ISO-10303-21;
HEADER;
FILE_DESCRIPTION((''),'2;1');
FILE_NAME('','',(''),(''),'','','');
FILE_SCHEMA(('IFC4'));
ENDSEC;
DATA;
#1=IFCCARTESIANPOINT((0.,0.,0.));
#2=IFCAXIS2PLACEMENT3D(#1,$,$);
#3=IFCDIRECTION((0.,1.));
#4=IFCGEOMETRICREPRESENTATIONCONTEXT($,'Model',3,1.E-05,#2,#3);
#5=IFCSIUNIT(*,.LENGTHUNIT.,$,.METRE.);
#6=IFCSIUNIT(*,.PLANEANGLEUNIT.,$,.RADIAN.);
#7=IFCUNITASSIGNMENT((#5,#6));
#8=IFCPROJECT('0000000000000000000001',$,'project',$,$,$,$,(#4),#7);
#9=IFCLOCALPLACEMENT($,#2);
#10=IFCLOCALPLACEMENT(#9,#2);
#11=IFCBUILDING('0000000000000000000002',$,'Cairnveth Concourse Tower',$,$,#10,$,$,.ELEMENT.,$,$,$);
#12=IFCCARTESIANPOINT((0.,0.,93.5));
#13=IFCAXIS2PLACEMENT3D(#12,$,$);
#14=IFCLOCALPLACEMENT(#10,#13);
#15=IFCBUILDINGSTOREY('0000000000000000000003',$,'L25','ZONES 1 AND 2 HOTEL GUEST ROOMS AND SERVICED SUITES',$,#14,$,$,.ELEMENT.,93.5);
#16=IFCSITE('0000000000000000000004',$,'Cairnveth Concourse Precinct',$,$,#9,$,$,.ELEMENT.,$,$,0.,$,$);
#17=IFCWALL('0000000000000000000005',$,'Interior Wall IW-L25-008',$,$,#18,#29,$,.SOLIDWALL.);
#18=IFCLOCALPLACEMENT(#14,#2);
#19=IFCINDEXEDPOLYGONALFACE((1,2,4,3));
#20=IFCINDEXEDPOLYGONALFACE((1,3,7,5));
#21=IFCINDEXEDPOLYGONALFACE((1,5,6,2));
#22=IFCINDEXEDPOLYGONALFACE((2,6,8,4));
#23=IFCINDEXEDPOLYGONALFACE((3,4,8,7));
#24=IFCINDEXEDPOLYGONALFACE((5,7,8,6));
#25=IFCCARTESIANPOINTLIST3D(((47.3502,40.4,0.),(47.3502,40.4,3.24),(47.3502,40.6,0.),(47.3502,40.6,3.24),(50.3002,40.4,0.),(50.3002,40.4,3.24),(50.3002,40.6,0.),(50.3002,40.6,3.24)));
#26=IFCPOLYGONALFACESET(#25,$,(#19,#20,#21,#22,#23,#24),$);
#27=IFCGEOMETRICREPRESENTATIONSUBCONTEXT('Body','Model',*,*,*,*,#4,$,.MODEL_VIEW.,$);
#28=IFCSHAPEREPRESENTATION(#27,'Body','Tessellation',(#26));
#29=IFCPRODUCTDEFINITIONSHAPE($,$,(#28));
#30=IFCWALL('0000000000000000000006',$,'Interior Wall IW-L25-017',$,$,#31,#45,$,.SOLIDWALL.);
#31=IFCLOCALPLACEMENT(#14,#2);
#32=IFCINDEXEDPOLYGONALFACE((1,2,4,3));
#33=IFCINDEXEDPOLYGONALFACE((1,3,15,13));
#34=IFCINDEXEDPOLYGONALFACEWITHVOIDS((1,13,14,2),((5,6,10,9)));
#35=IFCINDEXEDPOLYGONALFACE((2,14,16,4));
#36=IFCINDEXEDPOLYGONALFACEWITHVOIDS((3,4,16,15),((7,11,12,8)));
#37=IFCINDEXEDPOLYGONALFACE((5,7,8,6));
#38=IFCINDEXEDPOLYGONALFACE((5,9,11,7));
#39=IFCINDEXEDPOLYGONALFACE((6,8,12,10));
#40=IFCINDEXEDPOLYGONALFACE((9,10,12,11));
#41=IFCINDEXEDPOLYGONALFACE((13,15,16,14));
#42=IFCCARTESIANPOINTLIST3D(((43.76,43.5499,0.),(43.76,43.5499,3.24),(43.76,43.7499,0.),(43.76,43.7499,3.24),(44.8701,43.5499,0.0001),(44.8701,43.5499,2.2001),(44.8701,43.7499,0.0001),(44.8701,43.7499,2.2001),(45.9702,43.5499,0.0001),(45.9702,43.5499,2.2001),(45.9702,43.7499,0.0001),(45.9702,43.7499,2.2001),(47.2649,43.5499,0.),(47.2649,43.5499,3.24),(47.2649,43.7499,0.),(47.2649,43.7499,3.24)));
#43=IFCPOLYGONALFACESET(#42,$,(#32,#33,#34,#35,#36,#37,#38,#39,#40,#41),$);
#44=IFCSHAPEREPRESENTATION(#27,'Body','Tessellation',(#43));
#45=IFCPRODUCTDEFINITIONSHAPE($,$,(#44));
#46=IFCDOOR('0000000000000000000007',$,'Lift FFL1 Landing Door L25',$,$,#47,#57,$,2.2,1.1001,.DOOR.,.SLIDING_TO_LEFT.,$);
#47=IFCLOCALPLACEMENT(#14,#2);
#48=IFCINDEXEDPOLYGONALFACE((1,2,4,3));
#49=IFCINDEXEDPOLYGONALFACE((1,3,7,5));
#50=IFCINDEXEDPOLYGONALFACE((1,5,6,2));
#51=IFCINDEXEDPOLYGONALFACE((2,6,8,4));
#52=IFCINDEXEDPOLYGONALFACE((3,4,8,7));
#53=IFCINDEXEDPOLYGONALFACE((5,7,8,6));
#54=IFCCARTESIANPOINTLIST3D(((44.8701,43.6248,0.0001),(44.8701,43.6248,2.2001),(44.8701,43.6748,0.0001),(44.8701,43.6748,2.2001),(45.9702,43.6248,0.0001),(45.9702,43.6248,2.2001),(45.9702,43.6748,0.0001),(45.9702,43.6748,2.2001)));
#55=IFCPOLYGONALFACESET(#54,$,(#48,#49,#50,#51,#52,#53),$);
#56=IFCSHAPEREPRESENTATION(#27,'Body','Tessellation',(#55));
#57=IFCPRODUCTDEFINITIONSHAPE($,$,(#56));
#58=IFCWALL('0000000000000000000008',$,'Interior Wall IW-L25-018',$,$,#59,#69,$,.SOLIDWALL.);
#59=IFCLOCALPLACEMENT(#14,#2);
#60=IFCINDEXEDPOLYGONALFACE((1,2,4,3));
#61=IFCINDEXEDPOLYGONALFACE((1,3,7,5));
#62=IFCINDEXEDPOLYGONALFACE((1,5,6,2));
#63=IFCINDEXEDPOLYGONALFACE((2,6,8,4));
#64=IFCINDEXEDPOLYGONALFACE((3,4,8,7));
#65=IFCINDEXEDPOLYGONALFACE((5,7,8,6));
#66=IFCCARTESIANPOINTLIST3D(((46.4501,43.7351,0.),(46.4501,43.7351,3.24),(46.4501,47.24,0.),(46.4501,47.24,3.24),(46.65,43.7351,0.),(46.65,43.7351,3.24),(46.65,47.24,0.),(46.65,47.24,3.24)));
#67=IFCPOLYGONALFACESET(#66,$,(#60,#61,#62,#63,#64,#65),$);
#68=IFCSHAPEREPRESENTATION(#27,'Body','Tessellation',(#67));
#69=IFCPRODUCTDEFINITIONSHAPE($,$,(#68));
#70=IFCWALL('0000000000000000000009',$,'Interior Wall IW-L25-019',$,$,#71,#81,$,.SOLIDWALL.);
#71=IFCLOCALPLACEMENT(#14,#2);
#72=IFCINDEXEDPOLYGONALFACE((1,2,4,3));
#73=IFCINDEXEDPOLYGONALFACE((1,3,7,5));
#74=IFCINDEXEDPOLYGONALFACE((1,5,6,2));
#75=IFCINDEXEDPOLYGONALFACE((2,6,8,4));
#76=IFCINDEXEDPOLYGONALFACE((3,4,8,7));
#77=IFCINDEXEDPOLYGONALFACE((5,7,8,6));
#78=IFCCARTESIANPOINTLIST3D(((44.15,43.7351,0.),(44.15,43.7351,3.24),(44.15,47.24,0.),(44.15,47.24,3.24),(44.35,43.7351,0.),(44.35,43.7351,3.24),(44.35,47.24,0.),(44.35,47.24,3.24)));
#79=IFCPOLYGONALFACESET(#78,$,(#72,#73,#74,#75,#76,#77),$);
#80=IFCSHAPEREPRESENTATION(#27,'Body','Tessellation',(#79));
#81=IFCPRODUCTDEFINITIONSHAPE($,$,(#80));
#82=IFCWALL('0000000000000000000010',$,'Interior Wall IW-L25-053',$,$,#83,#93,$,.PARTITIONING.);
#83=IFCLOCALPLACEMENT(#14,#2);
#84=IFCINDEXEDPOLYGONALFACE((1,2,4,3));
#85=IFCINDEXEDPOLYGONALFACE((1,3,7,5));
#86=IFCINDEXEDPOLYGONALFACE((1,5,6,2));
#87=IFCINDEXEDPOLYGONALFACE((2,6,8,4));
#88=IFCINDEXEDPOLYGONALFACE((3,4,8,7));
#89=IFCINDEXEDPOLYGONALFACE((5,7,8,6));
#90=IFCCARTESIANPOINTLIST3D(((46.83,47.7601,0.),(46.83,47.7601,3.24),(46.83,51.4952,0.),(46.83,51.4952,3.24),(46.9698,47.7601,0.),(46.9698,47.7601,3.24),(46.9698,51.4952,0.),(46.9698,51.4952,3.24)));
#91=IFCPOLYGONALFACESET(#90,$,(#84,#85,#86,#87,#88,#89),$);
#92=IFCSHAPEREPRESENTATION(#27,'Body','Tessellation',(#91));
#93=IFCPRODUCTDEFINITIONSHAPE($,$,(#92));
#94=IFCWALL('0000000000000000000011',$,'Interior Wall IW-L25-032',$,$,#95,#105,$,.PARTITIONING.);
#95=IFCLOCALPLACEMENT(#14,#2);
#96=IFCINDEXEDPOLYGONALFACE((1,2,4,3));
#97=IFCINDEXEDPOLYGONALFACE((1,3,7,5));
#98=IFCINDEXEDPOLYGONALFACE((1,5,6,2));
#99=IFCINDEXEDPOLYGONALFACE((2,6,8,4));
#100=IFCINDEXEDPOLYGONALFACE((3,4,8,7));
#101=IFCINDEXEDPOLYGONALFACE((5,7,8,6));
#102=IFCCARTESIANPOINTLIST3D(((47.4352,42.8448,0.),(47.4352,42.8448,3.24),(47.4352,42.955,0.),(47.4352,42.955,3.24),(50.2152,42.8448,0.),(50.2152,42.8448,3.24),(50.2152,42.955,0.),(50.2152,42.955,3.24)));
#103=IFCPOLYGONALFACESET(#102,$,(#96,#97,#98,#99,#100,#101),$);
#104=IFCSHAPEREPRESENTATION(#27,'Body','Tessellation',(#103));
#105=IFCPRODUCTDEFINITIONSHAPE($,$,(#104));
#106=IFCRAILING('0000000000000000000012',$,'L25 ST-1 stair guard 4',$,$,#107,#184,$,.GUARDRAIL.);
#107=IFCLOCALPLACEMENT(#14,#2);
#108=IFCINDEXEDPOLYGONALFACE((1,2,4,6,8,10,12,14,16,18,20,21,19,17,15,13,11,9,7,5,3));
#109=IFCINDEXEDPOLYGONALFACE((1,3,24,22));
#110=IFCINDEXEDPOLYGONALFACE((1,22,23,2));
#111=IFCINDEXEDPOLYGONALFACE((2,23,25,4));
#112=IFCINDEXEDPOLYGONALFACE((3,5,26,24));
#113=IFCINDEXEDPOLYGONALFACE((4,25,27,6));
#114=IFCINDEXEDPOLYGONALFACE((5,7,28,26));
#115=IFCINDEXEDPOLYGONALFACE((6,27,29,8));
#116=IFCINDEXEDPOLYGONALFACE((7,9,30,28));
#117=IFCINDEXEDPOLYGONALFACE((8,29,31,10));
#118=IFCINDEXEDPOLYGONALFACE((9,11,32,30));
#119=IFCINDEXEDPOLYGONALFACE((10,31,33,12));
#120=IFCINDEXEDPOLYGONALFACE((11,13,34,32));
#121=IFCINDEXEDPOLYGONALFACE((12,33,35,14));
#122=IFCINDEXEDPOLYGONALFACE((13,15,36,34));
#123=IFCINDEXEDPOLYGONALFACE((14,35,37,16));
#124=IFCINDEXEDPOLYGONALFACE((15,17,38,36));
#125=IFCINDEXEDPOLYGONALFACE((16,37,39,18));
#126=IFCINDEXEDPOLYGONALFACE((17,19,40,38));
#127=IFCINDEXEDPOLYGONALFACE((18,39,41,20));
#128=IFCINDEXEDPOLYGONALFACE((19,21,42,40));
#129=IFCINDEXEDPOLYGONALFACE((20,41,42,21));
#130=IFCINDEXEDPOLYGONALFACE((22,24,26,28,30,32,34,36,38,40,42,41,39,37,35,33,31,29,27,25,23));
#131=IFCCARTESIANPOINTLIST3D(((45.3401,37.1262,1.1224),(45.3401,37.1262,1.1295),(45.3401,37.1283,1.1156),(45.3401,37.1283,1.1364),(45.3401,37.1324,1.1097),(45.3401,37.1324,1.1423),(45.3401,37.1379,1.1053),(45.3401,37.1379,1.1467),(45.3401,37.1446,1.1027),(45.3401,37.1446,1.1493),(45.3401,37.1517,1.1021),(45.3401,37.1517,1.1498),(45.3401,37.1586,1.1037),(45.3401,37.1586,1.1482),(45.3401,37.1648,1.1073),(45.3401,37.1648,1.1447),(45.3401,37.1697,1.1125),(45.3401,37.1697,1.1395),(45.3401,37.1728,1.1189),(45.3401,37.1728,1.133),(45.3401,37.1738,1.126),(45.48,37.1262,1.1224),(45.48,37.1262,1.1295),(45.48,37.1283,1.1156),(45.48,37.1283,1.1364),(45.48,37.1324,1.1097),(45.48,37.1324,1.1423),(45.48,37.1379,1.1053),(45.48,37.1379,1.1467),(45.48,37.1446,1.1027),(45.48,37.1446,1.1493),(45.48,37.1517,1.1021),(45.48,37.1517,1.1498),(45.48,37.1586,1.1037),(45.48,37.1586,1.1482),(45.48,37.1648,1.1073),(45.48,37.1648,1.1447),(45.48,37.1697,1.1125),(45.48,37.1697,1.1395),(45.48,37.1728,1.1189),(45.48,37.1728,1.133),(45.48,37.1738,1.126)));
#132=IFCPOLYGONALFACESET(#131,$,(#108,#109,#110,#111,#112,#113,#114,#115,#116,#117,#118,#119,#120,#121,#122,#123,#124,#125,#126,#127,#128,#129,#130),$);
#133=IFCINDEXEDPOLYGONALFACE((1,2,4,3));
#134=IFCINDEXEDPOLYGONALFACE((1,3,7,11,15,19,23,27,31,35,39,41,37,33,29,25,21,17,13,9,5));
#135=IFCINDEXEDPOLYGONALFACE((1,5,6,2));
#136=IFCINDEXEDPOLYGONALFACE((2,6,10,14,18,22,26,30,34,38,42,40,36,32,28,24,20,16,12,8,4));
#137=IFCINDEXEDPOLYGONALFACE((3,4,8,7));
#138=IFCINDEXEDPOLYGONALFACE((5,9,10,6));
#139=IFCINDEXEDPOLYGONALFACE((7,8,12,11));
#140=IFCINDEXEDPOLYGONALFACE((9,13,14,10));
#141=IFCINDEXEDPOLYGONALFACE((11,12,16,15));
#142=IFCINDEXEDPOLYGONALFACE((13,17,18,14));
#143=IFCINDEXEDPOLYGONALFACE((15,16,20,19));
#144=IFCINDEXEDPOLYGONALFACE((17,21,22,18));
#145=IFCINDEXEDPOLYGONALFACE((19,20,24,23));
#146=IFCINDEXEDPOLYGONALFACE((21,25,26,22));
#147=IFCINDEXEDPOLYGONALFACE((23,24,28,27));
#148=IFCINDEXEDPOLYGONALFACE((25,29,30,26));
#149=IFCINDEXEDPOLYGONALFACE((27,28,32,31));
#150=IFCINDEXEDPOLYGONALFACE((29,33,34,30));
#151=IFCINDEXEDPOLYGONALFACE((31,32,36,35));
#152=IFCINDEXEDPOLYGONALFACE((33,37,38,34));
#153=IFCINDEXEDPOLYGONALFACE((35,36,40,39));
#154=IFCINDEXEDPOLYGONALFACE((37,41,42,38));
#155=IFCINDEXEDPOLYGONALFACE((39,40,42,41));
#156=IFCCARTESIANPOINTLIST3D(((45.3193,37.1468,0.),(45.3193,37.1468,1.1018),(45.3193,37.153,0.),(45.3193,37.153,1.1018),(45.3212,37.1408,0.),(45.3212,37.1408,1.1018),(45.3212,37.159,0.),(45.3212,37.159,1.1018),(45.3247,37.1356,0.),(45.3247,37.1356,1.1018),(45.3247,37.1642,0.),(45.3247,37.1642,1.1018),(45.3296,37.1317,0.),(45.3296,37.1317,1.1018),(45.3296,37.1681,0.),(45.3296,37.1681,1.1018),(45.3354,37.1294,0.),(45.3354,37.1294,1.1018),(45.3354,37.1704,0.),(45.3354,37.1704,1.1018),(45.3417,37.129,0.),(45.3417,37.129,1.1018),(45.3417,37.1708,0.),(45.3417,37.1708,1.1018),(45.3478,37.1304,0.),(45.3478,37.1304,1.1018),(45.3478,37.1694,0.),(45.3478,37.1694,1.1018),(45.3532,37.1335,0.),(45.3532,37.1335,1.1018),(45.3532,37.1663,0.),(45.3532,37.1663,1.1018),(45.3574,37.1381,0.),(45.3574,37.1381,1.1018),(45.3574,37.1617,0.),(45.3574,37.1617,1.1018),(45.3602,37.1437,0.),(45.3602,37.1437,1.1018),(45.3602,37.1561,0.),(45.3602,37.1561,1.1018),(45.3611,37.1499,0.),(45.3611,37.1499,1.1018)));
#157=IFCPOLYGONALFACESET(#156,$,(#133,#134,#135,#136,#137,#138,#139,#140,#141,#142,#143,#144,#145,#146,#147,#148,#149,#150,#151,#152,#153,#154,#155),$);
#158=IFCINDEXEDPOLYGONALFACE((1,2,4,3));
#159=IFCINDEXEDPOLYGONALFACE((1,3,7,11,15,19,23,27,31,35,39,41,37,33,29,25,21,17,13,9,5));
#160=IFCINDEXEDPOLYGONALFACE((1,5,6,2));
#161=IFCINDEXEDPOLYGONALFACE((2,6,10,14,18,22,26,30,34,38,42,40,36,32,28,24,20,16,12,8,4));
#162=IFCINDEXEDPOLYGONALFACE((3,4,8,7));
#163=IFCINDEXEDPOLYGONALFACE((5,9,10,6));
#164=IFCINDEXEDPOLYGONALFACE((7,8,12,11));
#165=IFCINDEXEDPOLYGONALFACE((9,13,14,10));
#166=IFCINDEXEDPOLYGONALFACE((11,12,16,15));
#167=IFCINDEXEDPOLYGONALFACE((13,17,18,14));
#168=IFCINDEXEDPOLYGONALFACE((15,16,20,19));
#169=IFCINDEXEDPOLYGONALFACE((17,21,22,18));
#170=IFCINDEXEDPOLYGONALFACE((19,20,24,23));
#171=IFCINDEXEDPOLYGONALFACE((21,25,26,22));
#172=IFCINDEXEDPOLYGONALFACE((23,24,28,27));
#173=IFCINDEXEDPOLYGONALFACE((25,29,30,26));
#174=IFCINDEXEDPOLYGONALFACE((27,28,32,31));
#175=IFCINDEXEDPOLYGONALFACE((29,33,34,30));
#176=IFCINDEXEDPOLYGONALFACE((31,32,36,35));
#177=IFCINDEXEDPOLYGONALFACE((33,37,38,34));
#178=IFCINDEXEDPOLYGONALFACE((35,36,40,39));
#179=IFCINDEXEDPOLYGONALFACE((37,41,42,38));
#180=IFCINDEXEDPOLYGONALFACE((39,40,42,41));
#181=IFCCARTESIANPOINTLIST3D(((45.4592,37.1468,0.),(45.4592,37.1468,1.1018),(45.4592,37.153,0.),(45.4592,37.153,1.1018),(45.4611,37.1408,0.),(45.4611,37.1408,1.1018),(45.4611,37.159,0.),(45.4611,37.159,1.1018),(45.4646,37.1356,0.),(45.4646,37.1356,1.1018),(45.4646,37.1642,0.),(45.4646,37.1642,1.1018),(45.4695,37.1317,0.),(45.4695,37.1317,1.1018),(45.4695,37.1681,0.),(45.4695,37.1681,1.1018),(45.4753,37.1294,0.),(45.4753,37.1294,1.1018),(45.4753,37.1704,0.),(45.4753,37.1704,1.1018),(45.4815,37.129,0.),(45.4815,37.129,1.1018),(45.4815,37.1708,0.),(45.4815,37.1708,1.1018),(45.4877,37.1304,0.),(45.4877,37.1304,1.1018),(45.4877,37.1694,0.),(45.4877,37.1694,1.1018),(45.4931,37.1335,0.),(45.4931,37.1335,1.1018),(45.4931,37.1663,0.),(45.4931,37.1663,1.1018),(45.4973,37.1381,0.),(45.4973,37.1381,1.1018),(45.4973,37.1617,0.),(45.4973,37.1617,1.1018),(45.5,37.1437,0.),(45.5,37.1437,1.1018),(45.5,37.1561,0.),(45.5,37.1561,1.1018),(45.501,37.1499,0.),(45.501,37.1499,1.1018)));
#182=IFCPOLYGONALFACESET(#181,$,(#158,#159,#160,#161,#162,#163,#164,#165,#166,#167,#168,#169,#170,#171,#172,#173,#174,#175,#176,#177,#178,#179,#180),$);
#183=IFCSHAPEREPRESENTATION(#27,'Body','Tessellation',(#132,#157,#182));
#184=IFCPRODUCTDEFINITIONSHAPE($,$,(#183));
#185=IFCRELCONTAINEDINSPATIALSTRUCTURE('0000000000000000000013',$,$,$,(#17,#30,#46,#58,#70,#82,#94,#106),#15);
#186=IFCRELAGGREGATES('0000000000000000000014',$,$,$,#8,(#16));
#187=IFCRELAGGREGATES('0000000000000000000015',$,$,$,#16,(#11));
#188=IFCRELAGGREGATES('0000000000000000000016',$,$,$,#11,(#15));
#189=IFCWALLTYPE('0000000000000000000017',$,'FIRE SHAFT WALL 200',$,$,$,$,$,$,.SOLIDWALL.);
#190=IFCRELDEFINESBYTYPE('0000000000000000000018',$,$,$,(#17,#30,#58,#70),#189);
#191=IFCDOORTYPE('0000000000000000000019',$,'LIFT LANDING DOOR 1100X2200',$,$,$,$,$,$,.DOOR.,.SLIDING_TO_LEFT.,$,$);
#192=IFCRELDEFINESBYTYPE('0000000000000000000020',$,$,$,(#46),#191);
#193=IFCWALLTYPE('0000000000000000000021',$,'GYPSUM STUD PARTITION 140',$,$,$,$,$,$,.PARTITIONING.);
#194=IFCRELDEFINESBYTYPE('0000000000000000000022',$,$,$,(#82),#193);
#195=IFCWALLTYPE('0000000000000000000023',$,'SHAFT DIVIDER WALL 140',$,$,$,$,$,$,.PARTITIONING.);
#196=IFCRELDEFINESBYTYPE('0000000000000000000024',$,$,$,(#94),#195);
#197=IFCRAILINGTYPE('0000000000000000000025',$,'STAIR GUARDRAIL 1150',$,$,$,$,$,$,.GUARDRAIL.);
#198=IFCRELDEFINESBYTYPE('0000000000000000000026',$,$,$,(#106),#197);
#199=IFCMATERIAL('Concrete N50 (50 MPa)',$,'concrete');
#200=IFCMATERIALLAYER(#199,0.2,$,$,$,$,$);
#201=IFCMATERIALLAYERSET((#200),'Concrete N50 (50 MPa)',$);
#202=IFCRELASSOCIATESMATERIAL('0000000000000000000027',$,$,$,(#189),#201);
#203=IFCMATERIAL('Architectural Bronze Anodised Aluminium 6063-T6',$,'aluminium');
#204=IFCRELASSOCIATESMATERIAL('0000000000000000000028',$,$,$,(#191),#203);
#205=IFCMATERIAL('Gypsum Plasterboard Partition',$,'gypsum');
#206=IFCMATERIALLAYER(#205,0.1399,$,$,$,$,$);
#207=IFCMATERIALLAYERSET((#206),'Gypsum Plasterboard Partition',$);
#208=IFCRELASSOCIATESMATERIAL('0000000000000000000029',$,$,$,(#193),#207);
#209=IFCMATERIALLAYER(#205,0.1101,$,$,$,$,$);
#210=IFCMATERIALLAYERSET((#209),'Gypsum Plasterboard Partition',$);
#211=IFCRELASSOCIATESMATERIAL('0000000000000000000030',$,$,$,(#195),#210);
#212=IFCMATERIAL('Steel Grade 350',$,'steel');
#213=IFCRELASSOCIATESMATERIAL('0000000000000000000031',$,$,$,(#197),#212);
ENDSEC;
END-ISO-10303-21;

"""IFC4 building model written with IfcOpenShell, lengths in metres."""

from ifc_helpers import new_model, si_unit, direction, frame, frame_2d, origin, origin_2d, place, context, subcontext, project, spatial, rectangle, circle, extrude, material, layer, layer_set, type_object, element, fill, save


model = new_model("IFC4")

# Units and contexts
model_context = context("Model", 3, precision=1e-05, world=origin(), true_north=direction((0.0, 1.0)))
body_context = subcontext(model_context, "Body", "Model", "MODEL_VIEW")
ifc_project = project(units=[si_unit("LENGTHUNIT", "METRE"), si_unit("PLANEANGLEUNIT", "RADIAN")], contexts=[model_context])

# Site, building, storey
site_placement = place(None, origin())
site = spatial("IfcSite", under=ifc_project, at=site_placement, Name="Cairnveth Concourse Precinct", CompositionType="ELEMENT", RefElevation=0.0)
building_placement = place(site_placement, origin())
building = spatial("IfcBuilding", under=site, at=building_placement, Name="Cairnveth Concourse Tower", CompositionType="ELEMENT")
storey_placement = place(building_placement, frame((0.0, 0.0, 93.5)))
storey = spatial("IfcBuildingStorey", under=building, at=storey_placement, Name="L25", Description="ZONES 1 AND 2 HOTEL GUEST ROOMS AND SERVICED SUITES", CompositionType="ELEMENT", Elevation=93.5)

# Shared definitions
ifc_material_1 = material(Name="Steel Grade 350", Category="steel")

# Shared definitions
ifc_material_2 = material(Name="Concrete N50 (50 MPa)", Category="concrete")

# Wall
ifc_layer_1 = layer(ifc_material_2, 0.2)
ifc_layer_set_1 = layer_set([ifc_layer_1], Name="Concrete N50 (50 MPa)")
wall_type_1 = type_object("IfcWallType", Name="FIRE SHAFT WALL 200", PredefinedType="SOLIDWALL", material=ifc_layer_set_1)
for number, where, z_axis, x_axis, name in (
    (1, (47.3501, 40.5, 0.0), (0.0, 0.0, 1.0), (1.0, 0.0, 0.0), "Interior Wall IW-L25-008"),
):
    element("IfcWall", number, at=place(storey_placement, frame(where, z_axis=z_axis, x_axis=x_axis)), inside=storey, type_object=wall_type_1, Name=name, PredefinedType="SOLIDWALL", context=body_context, shape_type="SweptSolid", body=[
        extrude(rectangle(XDim=2.95, YDim=0.2, at=frame_2d((1.4751, 0.0))), origin(), (0.0, 0.0, 1.0), 3.24),
    ])

# Wall, opening, door
wall_1_placement = place(storey_placement, frame((43.76, 43.6499, 0.0), z_axis=(0.0, 0.0, 1.0), x_axis=(1.0, 0.0, 0.0)))
wall_1 = element("IfcWall", 2, at=wall_1_placement, inside=storey, type_object=wall_type_1, Name="Interior Wall IW-L25-017", PredefinedType="SOLIDWALL", context=body_context, shape_type="SweptSolid", body=[
    extrude(rectangle(XDim=3.5049, YDim=0.2, at=frame_2d((1.7524, 0.0))), origin(), (0.0, 0.0, 1.0), 3.24),
])
opening_1_placement = place(wall_1_placement, frame((1.1101, 0.0, 0.0)))
opening_1 = element("IfcOpeningElement", 3, at=opening_1_placement, cuts=wall_1, PredefinedType="OPENING", context=body_context, shape_type="SweptSolid", body=[
    extrude(rectangle(XDim=1.1001, YDim=2.2, at=frame_2d((0.55, 1.1001))), frame((0.0, 0.1099, 0.0), z_axis=(0.0, -1.0, 0.0), x_axis=(1.0, 0.0, 0.0)), (0.0, 0.0, 1.0), 0.22),
])
ifc_material_3 = material(Name="Architectural Bronze Anodised Aluminium 6063-T6", Category="aluminium")
door_type_1 = type_object("IfcDoorType", Name="LIFT LANDING DOOR 1100X2200", OperationType="SLIDING_TO_LEFT", PredefinedType="DOOR", material=ifc_material_3)
door_1_placement = place(opening_1_placement, origin())
door_1 = element("IfcDoor", 4, at=door_1_placement, inside=storey, type_object=door_type_1, Name="Lift FFL1 Landing Door L25", OperationType="SLIDING_TO_LEFT", OverallHeight=2.2, OverallWidth=1.1001, PredefinedType="DOOR", context=body_context, shape_type="SweptSolid", body=[
    extrude(rectangle(XDim=1.1001, YDim=2.2, at=frame_2d((0.55, 1.1001))), frame((0.0, 0.0249, 0.0), z_axis=(0.0, -1.0, 0.0), x_axis=(1.0, 0.0, 0.0)), (0.0, 0.0, 1.0), 0.05),
])
fill(opening_1, door_1)

# Walls
for number, where, z_axis, x_axis, name in (
    (5, (46.55, 43.7351, 0.0), (0.0, 0.0, 1.0), (0.0, 1.0, 0.0), "Interior Wall IW-L25-018"),
    (6, (44.25, 43.7351, 0.0), (0.0, 0.0, 1.0), (0.0, 1.0, 0.0), "Interior Wall IW-L25-019"),
):
    element("IfcWall", number, at=place(storey_placement, frame(where, z_axis=z_axis, x_axis=x_axis)), inside=storey, type_object=wall_type_1, Name=name, PredefinedType="SOLIDWALL", context=body_context, shape_type="SweptSolid", body=[
        extrude(rectangle(XDim=3.5049, YDim=0.2, at=frame_2d((1.7524, 0.0))), origin(), (0.0, 0.0, 1.0), 3.24),
    ])
ifc_material_4 = material(Name="Gypsum Plasterboard Partition", Category="gypsum")
ifc_layer_2 = layer(ifc_material_4, 0.1399)
ifc_layer_set_2 = layer_set([ifc_layer_2], Name="Gypsum Plasterboard Partition")
wall_type_2 = type_object("IfcWallType", Name="GYPSUM STUD PARTITION 140", PredefinedType="PARTITIONING", material=ifc_layer_set_2)
wall_2_placement = place(storey_placement, frame((46.8999, 47.76, 0.0), z_axis=(0.0, 0.0, 1.0), x_axis=(0.0, 1.0, 0.0)))
element("IfcWall", 7, at=wall_2_placement, inside=storey, type_object=wall_type_2, Name="Interior Wall IW-L25-053", PredefinedType="PARTITIONING", context=body_context, shape_type="SweptSolid", body=[
    extrude(rectangle(XDim=3.7351, YDim=0.1399, at=frame_2d((1.8677, 0.0))), origin(), (0.0, 0.0, 1.0), 3.24),
])
ifc_layer_3 = layer(ifc_material_4, 0.1101)
ifc_layer_set_3 = layer_set([ifc_layer_3], Name="Gypsum Plasterboard Partition")
wall_type_3 = type_object("IfcWallType", Name="SHAFT DIVIDER WALL 140", PredefinedType="PARTITIONING", material=ifc_layer_set_3)
wall_3_placement = place(storey_placement, frame((47.4351, 42.8999, 0.0), z_axis=(0.0, 0.0, 1.0), x_axis=(1.0, 0.0, 0.0)))
element("IfcWall", 8, at=wall_3_placement, inside=storey, type_object=wall_type_3, Name="Interior Wall IW-L25-032", PredefinedType="PARTITIONING", context=body_context, shape_type="SweptSolid", body=[
    extrude(rectangle(XDim=2.78, YDim=0.1101, at=frame_2d((1.3901, 0.0))), origin(), (0.0, 0.0, 1.0), 3.24),
])

# Railing
railing_type = type_object("IfcRailingType", Name="STAIR GUARDRAIL 1150", PredefinedType="GUARDRAIL", material=ifc_material_1)
railing_placement = place(storey_placement, frame((45.3401, 37.1499, 0.0)))
element("IfcRailing", 9, at=railing_placement, inside=storey, type_object=railing_type, Name="L25 ST-1 stair guard 4", PredefinedType="GUARDRAIL", context=body_context, shape_type="SweptSolid", body=[
    extrude(circle(Radius=0.0239, at=origin_2d()), frame((0.0, 0.0, 1.126), z_axis=(1.0, 0.0, 0.0), x_axis=(0.0, 1.0, 0.0)), (0.0, 0.0, 1.0), 0.1399),
    extrude(circle(Radius=0.021, at=origin_2d()), origin(), (0.0, 0.0, 1.0), 1.1018),
    extrude(circle(Radius=0.021, at=origin_2d()), frame((0.1399, 0.0, 0.0)), (0.0, 0.0, 1.0), 1.1018),
])

save(model, "model.ifc")
